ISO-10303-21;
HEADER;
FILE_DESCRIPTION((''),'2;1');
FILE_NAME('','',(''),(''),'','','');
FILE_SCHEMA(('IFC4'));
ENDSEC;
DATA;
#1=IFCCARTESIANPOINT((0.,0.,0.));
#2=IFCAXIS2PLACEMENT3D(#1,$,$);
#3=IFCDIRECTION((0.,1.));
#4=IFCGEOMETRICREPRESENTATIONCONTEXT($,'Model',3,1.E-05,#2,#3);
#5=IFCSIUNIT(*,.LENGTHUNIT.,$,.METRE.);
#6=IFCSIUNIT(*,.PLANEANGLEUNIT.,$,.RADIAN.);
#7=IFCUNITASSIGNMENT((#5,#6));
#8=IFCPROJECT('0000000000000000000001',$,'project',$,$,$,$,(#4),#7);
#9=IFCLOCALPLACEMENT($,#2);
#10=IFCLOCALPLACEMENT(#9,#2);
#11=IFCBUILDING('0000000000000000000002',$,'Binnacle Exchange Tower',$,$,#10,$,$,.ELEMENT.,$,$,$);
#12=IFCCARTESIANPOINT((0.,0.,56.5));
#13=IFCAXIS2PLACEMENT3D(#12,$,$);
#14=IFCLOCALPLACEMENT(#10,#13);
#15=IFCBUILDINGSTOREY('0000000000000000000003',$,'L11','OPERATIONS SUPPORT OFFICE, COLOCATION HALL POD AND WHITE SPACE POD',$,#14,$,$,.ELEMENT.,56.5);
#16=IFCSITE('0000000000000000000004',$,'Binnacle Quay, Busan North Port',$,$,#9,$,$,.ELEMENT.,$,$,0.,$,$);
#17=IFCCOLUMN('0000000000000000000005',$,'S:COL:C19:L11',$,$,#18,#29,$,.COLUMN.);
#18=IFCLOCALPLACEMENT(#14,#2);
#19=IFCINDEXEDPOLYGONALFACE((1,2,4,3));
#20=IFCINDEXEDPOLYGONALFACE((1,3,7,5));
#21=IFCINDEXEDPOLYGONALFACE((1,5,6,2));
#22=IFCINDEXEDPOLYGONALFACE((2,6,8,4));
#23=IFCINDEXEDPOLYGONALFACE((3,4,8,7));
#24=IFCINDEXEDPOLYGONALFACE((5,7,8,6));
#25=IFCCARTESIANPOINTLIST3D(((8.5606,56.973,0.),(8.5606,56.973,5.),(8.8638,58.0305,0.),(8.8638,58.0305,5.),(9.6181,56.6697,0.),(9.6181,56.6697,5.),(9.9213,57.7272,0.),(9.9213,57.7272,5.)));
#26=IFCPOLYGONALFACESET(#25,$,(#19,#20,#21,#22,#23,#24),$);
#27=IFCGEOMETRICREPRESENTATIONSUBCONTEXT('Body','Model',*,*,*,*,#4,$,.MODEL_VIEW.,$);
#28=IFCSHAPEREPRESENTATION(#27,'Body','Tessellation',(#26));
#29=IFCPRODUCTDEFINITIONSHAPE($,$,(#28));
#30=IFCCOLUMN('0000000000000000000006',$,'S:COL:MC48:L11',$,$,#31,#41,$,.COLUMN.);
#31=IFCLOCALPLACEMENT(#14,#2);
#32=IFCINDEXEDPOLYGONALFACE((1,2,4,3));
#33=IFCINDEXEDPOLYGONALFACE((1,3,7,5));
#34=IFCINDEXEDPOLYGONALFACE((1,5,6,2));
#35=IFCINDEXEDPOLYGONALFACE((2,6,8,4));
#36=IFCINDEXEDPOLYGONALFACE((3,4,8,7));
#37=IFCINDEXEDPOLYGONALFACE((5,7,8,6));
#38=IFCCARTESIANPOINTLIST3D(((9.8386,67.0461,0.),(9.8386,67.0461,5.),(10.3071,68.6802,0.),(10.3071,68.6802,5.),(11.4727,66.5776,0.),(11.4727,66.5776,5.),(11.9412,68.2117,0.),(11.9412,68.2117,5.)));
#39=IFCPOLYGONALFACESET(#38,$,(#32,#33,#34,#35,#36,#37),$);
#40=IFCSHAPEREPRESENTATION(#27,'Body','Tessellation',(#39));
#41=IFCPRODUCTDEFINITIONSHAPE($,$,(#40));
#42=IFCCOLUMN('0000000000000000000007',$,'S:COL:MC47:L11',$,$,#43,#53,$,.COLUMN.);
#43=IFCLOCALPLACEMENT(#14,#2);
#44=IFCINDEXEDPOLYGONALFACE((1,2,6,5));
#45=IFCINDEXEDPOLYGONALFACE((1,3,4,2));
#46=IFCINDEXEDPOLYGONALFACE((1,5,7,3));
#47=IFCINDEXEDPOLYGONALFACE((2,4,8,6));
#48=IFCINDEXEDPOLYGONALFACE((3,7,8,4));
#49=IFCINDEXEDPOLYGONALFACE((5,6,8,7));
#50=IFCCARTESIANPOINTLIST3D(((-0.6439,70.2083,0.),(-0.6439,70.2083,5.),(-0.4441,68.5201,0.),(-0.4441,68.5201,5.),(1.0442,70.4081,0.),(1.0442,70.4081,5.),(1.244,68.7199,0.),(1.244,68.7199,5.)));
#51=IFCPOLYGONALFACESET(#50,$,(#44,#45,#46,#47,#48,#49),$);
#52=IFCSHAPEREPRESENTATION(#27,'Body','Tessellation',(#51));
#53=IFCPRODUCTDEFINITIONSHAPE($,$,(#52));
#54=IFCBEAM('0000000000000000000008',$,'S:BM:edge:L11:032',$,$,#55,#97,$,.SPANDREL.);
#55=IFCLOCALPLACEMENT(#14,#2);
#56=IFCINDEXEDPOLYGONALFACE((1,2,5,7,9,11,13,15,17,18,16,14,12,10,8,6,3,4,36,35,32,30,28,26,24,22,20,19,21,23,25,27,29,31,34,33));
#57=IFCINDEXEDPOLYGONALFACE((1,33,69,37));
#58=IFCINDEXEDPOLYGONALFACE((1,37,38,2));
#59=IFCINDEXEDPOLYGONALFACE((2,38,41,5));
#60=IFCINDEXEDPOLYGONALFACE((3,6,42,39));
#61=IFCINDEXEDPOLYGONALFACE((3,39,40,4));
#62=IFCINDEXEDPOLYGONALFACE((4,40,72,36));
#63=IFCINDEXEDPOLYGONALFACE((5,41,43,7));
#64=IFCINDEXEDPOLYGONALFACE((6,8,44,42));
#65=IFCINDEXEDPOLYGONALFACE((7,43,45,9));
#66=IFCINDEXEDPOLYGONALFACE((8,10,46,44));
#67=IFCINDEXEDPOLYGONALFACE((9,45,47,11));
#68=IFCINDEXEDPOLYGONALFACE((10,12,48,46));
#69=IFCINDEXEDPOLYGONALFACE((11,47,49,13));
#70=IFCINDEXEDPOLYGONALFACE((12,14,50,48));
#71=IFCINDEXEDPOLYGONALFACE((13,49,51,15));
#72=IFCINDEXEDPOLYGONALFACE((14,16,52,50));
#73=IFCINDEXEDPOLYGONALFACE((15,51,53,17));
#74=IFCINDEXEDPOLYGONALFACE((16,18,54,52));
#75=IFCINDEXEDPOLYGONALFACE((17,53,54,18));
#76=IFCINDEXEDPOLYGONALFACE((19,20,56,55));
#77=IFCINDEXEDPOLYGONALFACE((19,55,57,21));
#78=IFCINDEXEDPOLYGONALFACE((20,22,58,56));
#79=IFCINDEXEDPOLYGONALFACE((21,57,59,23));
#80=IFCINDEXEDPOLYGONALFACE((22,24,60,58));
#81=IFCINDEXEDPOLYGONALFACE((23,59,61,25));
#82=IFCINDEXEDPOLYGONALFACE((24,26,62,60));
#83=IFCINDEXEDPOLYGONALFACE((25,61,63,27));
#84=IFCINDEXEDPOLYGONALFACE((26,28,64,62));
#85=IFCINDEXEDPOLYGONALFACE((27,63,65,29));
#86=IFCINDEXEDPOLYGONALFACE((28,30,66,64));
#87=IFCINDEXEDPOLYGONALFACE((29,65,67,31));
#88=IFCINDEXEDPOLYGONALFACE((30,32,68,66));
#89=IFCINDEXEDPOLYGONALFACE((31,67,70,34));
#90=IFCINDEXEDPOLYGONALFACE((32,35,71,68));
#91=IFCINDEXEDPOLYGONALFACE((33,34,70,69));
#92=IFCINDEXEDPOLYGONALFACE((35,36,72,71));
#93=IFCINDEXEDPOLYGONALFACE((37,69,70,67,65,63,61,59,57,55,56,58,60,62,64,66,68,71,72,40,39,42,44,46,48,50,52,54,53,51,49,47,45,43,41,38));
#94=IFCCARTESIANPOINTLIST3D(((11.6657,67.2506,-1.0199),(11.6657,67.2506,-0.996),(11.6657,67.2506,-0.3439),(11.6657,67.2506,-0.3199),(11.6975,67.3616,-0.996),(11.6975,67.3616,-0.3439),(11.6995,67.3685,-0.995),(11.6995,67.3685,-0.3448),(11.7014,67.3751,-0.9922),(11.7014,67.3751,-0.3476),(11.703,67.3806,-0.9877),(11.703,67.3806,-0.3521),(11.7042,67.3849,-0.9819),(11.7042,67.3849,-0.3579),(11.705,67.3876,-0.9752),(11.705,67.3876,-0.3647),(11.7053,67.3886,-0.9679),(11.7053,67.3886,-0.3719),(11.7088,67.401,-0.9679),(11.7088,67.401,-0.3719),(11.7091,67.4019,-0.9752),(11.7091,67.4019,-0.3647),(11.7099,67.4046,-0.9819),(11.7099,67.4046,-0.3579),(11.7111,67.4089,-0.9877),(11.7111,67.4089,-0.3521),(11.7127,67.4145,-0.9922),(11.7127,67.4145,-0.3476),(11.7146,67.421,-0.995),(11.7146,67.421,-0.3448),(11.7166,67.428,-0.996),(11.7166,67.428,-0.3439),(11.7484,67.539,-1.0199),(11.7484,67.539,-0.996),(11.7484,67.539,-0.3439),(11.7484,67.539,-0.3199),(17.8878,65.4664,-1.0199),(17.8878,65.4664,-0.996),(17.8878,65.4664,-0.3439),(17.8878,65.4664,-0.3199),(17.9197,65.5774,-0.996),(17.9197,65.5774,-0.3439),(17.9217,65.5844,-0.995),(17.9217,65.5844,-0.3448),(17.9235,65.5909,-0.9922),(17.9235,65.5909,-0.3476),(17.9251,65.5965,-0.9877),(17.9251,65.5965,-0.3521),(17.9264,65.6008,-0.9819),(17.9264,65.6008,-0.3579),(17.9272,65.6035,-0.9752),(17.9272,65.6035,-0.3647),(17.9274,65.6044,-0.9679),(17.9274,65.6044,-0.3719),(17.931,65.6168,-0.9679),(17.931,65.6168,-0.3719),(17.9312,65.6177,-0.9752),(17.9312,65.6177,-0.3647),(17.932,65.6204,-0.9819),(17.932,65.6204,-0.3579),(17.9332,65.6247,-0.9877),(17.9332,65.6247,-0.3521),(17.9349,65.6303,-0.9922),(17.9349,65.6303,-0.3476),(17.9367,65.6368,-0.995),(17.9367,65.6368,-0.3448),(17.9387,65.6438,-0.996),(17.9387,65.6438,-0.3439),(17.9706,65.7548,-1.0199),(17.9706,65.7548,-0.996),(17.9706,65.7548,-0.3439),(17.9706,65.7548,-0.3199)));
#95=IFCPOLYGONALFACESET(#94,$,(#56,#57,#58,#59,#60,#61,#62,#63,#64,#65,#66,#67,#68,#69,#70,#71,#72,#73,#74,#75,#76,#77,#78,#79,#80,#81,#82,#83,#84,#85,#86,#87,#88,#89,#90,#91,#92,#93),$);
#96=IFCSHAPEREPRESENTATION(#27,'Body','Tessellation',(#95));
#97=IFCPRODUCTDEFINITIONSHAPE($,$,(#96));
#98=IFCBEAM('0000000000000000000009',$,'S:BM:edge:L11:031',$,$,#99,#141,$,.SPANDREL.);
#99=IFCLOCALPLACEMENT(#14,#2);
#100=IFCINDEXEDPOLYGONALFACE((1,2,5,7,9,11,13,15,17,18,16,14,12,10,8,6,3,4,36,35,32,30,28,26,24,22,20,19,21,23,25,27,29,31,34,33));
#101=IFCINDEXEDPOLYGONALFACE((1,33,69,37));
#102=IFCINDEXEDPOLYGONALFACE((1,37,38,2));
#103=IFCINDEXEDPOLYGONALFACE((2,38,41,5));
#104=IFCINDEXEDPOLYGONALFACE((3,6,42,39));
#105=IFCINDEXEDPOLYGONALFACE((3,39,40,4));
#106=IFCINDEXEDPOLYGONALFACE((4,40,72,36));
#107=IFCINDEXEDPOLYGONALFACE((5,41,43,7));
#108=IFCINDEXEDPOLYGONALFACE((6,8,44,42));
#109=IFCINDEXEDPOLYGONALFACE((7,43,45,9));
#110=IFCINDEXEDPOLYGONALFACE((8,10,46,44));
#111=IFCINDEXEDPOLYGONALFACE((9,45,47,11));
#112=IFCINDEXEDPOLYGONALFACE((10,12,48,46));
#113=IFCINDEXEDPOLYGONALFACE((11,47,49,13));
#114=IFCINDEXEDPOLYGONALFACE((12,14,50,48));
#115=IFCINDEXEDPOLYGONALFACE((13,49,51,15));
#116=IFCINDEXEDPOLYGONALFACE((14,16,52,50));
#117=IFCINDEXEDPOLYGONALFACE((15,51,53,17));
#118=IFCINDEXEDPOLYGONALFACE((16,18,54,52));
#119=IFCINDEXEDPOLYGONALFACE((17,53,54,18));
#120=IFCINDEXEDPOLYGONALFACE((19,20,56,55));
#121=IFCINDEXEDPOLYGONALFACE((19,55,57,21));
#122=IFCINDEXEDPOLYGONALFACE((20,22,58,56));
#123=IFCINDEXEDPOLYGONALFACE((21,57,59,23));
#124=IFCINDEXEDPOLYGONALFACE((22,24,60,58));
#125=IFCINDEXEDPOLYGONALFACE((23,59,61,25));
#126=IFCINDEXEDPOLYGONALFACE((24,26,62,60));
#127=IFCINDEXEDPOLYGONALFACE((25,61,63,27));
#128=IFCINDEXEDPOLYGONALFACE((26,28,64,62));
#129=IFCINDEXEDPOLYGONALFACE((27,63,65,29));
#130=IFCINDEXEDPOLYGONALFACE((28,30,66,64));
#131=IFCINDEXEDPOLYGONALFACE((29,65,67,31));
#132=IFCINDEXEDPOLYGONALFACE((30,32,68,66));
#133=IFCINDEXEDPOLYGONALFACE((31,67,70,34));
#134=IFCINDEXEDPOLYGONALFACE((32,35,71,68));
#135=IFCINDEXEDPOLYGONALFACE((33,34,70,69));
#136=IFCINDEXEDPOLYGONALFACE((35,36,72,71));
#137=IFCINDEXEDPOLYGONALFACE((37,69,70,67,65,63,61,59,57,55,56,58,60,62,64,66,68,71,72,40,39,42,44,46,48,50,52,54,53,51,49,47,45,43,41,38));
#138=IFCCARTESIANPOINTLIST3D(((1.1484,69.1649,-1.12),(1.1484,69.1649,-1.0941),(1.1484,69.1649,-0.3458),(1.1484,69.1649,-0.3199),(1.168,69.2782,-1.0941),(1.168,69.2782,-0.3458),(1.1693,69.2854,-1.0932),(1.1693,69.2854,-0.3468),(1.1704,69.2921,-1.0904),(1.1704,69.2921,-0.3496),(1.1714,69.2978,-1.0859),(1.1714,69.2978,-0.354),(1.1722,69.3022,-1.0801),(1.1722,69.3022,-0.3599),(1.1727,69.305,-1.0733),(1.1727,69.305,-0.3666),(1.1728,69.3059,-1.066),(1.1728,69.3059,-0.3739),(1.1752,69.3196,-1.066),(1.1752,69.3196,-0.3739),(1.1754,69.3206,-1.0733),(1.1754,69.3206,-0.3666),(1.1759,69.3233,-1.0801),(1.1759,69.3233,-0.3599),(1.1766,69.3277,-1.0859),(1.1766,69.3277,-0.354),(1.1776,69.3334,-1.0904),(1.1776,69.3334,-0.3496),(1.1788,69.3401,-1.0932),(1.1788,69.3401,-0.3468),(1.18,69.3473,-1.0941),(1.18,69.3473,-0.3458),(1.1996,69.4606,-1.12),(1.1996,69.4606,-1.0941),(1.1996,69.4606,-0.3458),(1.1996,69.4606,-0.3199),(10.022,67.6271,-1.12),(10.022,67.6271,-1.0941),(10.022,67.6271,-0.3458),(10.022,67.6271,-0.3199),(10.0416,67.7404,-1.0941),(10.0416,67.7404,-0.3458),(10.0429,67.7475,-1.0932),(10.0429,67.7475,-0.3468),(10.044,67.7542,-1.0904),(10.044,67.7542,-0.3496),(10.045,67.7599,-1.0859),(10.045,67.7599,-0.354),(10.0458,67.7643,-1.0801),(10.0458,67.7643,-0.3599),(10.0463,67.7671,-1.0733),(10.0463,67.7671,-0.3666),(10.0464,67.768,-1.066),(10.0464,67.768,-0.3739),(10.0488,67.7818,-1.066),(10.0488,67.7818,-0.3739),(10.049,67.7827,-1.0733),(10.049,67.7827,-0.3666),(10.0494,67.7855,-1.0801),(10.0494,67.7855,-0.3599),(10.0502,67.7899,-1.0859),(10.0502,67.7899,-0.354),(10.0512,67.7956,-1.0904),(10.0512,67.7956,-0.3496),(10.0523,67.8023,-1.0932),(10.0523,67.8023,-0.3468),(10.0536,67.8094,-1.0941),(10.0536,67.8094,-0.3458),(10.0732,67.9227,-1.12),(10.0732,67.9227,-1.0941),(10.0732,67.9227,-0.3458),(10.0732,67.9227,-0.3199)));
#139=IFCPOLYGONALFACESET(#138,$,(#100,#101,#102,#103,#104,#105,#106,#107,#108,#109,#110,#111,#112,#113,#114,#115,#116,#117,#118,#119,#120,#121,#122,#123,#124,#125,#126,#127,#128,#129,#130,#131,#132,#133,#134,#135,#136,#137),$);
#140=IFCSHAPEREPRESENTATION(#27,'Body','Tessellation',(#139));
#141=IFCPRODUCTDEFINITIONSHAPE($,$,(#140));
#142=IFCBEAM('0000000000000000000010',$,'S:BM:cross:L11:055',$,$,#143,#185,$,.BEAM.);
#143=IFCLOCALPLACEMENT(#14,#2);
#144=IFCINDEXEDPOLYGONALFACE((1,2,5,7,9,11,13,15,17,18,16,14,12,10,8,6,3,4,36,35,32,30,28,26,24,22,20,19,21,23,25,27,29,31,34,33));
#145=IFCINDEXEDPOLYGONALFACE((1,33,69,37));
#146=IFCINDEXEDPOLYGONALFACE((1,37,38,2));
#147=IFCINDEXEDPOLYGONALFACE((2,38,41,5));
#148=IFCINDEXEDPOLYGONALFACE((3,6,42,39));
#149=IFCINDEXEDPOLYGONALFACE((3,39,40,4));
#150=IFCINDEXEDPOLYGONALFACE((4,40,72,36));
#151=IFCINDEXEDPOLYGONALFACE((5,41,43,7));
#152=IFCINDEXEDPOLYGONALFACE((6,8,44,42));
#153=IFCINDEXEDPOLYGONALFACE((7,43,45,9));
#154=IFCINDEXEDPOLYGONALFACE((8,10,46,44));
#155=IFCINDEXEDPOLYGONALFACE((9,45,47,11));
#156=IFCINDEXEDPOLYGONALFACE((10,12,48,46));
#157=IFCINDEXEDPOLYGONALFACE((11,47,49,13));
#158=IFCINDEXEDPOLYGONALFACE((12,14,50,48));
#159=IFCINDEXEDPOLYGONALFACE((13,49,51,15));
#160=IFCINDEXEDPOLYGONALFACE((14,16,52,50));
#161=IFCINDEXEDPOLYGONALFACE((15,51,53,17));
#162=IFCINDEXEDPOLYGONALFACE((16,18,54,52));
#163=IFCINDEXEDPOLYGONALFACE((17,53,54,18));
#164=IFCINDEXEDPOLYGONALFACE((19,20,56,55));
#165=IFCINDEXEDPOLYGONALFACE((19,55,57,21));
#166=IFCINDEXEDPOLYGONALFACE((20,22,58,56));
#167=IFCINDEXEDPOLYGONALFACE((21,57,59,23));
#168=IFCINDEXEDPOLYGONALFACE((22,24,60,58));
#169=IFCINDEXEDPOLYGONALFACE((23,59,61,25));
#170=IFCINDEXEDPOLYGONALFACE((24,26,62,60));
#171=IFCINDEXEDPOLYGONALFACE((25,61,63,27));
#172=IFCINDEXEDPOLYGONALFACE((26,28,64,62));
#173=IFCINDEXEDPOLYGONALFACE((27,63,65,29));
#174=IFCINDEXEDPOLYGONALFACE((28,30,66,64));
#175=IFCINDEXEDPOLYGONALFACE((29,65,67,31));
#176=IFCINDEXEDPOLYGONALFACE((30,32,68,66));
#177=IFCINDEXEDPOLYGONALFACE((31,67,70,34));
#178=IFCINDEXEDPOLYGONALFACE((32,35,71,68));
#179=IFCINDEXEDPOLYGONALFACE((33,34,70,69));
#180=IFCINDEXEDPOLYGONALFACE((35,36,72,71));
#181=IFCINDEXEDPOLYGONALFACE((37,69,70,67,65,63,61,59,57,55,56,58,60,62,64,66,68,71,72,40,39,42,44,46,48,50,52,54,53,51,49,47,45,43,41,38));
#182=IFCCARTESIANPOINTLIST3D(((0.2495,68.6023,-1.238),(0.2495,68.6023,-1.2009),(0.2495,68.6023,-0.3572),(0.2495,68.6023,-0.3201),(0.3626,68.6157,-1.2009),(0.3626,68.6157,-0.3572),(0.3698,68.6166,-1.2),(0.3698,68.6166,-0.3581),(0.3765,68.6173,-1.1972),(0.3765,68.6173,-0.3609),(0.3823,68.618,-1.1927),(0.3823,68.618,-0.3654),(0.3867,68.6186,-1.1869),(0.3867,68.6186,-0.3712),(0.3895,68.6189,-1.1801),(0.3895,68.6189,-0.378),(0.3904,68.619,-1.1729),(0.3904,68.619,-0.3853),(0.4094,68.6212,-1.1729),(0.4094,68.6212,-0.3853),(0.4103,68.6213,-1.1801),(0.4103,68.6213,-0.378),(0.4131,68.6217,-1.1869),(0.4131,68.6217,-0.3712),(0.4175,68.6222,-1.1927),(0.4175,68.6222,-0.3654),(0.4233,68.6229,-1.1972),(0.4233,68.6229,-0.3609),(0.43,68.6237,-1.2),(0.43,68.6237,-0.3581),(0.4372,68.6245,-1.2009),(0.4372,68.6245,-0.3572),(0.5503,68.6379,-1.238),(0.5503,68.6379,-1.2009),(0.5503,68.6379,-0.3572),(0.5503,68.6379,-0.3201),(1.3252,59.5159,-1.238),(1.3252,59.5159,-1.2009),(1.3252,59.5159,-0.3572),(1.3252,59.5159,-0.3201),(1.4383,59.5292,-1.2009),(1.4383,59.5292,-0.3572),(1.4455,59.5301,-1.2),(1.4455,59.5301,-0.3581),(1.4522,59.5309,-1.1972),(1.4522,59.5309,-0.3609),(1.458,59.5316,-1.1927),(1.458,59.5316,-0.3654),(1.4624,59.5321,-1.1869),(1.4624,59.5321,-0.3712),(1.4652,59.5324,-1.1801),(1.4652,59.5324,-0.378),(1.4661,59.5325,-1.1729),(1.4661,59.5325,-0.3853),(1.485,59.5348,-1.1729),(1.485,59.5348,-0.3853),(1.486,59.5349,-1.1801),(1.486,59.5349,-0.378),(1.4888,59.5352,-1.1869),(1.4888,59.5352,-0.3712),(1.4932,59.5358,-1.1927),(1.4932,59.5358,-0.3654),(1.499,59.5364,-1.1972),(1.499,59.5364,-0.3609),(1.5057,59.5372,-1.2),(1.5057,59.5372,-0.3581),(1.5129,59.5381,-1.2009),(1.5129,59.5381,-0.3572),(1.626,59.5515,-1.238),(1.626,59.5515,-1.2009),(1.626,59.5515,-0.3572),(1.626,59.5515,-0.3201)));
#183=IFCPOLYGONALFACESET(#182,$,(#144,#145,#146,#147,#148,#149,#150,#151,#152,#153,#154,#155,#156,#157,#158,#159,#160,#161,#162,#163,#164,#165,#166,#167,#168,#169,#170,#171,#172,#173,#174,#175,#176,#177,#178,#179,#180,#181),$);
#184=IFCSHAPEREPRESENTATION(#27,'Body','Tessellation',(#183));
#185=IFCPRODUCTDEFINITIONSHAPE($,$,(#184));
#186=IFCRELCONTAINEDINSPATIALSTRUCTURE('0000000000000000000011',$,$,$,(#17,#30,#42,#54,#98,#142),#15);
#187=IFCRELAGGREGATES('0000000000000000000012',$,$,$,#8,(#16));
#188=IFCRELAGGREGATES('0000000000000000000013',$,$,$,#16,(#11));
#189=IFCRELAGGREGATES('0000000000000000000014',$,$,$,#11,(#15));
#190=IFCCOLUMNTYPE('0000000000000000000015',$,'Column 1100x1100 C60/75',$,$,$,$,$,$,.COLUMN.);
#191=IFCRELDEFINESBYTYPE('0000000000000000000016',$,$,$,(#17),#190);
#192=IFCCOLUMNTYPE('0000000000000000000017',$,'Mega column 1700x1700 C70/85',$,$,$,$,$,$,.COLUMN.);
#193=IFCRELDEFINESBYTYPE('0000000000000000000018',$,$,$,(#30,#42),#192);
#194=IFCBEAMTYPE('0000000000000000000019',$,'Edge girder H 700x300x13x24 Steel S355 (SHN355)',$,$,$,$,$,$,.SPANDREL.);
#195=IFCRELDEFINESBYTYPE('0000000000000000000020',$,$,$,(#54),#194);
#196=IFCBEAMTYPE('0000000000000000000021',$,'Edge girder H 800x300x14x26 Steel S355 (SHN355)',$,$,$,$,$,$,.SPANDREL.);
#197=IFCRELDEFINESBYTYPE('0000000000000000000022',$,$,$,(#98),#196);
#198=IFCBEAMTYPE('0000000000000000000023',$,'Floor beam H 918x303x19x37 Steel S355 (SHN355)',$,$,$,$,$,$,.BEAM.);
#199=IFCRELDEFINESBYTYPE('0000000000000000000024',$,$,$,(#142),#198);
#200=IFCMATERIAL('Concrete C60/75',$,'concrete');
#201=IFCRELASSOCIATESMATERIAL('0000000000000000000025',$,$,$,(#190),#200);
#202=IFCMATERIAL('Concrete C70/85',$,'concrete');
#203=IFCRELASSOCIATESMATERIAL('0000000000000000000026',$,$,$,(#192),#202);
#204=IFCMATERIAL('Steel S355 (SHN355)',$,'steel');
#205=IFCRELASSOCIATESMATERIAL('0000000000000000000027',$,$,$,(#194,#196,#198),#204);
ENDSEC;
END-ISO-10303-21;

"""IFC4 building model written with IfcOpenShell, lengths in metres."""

from ifc_helpers import new_model, si_unit, direction, frame, origin, origin_2d, place, context, subcontext, project, spatial, rectangle, i_section, extrude, material, material_profile, profile_set, type_object, element, save


model = new_model("IFC4")

# Units and contexts
model_context = context("Model", 3, precision=1e-05, world=origin(), true_north=direction((0.0, 1.0)))
body_context = subcontext(model_context, "Body", "Model", "MODEL_VIEW")
ifc_project = project(units=[si_unit("LENGTHUNIT", "METRE"), si_unit("PLANEANGLEUNIT", "RADIAN")], contexts=[model_context])

# Site, building, storey
site_placement = place(None, origin())
site = spatial("IfcSite", under=ifc_project, at=site_placement, Name="Binnacle Quay, Busan North Port", CompositionType="ELEMENT", RefElevation=0.0)
building_placement = place(site_placement, origin())
building = spatial("IfcBuilding", under=site, at=building_placement, Name="Binnacle Exchange Tower", CompositionType="ELEMENT")
storey_placement = place(building_placement, frame((0.0, 0.0, 56.5)))
storey = spatial("IfcBuildingStorey", under=building, at=storey_placement, Name="L11", Description="OPERATIONS SUPPORT OFFICE, COLOCATION HALL POD AND WHITE SPACE POD", CompositionType="ELEMENT", Elevation=56.5)

# Columns
ifc_material_1 = material(Name="Concrete C60/75", Category="concrete")
ifc_material_profile_1 = material_profile(ifc_material_1, rectangle(XDim=1.1001, YDim=1.1001, at=origin_2d()), Name="Column 1100x1100 C60/75")
ifc_profile_set_1 = profile_set([ifc_material_profile_1], Name="Concrete C60/75")
column_type_1 = type_object("IfcColumnType", Name="Column 1100x1100 C60/75", PredefinedType="COLUMN", material=ifc_profile_set_1)
column_placement = place(storey_placement, frame((9.241, 57.3501, 0.0), z_axis=(0.0, 0.0, 1.0), x_axis=(0.961262, -0.275637, 0.0)))
element("IfcColumn", 1, at=column_placement, inside=storey, type_object=column_type_1, Name="S:COL:C19:L11", PredefinedType="COLUMN", context=body_context, shape_type="SweptSolid", body=[
    extrude(rectangle(XDim=1.1001, YDim=1.1001, at=origin_2d()), origin(), (0.0, 0.0, 1.0), 5.0),
])
ifc_material_2 = material(Name="Concrete C70/85", Category="concrete")
ifc_material_profile_2 = material_profile(ifc_material_2, rectangle(XDim=1.7, YDim=1.7, at=origin_2d()), Name="Mega column 1700x1700 C70/85")
ifc_profile_set_2 = profile_set([ifc_material_profile_2], Name="Concrete C70/85")
column_type_2 = type_object("IfcColumnType", Name="Mega column 1700x1700 C70/85", PredefinedType="COLUMN", material=ifc_profile_set_2)
for number, where, z_axis, x_axis, name in (
    (2, (10.8899, 67.6289, 0.0), (0.0, 0.0, 1.0), (-0.961262, 0.275637, 0.0), "S:COL:MC48:L11"),
    (3, (0.3, 69.4641, 0.0), (0.0, 0.0, 1.0), (-0.993068, -0.117537, 0.0), "S:COL:MC47:L11"),
):
    element("IfcColumn", number, at=place(storey_placement, frame(where, z_axis=z_axis, x_axis=x_axis)), inside=storey, type_object=column_type_2, Name=name, PredefinedType="COLUMN", context=body_context, shape_type="SweptSolid", body=[
        extrude(rectangle(XDim=1.7, YDim=1.7, at=origin_2d()), origin(), (0.0, 0.0, 1.0), 5.0),
    ])

# Beams
ifc_material_3 = material(Name="Steel S355 (SHN355)", Category="steel")
ifc_material_profile_3 = material_profile(ifc_material_3, i_section(OverallWidth=0.3, OverallDepth=0.7, WebThickness=0.0129, FlangeThickness=0.0239, FilletRadius=0.0281, at=origin_2d()), Name="H 700x300x13x24")
ifc_profile_set_3 = profile_set([ifc_material_profile_3], Name="Steel S355 (SHN355)")
beam_type_1 = type_object("IfcBeamType", Name="Edge girder H 700x300x13x24 Steel S355 (SHN355)", PredefinedType="SPANDREL", material=ifc_profile_set_3)
beam_1_placement = place(storey_placement, frame((17.9292, 65.6106, -0.6699), z_axis=(-0.961262, 0.275638, 0.0), x_axis=(-0.275638, -0.961262, 0.0)))
element("IfcBeam", 4, at=beam_1_placement, inside=storey, type_object=beam_type_1, Name="S:BM:edge:L11:032", PredefinedType="SPANDREL", context=body_context, shape_type="SweptSolid", body=[
    extrude(i_section(OverallWidth=0.3, OverallDepth=0.7, WebThickness=0.0129, FlangeThickness=0.0239, FilletRadius=0.0281, at=origin_2d()), origin(), (0.0, 0.0, 1.0), 6.4729),
])
ifc_material_profile_4 = material_profile(ifc_material_3, i_section(OverallWidth=0.3, OverallDepth=0.8, WebThickness=0.0139, FlangeThickness=0.0259, FilletRadius=0.0281, at=origin_2d()), Name="H 800x300x14x26")
ifc_profile_set_4 = profile_set([ifc_material_profile_4], Name="Steel S355 (SHN355)")
beam_type_2 = type_object("IfcBeamType", Name="Edge girder H 800x300x14x26 Steel S355 (SHN355)", PredefinedType="SPANDREL", material=ifc_profile_set_4)
beam_2_placement = place(storey_placement, frame((10.0476, 67.7749, -0.72), z_axis=(-0.985312, 0.170761, 0.0), x_axis=(-0.170761, -0.985312, 0.0)))
element("IfcBeam", 5, at=beam_2_placement, inside=storey, type_object=beam_type_2, Name="S:BM:edge:L11:031", PredefinedType="SPANDREL", context=body_context, shape_type="SweptSolid", body=[
    extrude(i_section(OverallWidth=0.3, OverallDepth=0.8, WebThickness=0.0139, FlangeThickness=0.0259, FilletRadius=0.0281, at=origin_2d()), origin(), (0.0, 0.0, 1.0), 9.0059),
])
ifc_material_profile_5 = material_profile(ifc_material_3, i_section(OverallWidth=0.303, OverallDepth=0.918, WebThickness=0.019, FlangeThickness=0.0371, FilletRadius=0.0281, at=origin_2d()), Name="H 918x303x19x37")
ifc_profile_set_5 = profile_set([ifc_material_profile_5], Name="Steel S355 (SHN355)")
beam_type_3 = type_object("IfcBeamType", Name="Floor beam H 918x303x19x37 Steel S355 (SHN355)", PredefinedType="BEAM", material=ifc_profile_set_5)
beam_3_placement = place(storey_placement, frame((0.3999, 68.6201, -0.7791), z_axis=(0.117563, -0.993065, 0.0), x_axis=(0.993065, 0.117563, 0.0)))
element("IfcBeam", 6, at=beam_3_placement, inside=storey, type_object=beam_type_3, Name="S:BM:cross:L11:055", PredefinedType="BEAM", context=body_context, shape_type="SweptSolid", body=[
    extrude(i_section(OverallWidth=0.303, OverallDepth=0.918, WebThickness=0.019, FlangeThickness=0.0371, FilletRadius=0.0281, at=origin_2d()), origin(), (0.0, 0.0, 1.0), 9.1499),
])

save(model, "model.ifc")
